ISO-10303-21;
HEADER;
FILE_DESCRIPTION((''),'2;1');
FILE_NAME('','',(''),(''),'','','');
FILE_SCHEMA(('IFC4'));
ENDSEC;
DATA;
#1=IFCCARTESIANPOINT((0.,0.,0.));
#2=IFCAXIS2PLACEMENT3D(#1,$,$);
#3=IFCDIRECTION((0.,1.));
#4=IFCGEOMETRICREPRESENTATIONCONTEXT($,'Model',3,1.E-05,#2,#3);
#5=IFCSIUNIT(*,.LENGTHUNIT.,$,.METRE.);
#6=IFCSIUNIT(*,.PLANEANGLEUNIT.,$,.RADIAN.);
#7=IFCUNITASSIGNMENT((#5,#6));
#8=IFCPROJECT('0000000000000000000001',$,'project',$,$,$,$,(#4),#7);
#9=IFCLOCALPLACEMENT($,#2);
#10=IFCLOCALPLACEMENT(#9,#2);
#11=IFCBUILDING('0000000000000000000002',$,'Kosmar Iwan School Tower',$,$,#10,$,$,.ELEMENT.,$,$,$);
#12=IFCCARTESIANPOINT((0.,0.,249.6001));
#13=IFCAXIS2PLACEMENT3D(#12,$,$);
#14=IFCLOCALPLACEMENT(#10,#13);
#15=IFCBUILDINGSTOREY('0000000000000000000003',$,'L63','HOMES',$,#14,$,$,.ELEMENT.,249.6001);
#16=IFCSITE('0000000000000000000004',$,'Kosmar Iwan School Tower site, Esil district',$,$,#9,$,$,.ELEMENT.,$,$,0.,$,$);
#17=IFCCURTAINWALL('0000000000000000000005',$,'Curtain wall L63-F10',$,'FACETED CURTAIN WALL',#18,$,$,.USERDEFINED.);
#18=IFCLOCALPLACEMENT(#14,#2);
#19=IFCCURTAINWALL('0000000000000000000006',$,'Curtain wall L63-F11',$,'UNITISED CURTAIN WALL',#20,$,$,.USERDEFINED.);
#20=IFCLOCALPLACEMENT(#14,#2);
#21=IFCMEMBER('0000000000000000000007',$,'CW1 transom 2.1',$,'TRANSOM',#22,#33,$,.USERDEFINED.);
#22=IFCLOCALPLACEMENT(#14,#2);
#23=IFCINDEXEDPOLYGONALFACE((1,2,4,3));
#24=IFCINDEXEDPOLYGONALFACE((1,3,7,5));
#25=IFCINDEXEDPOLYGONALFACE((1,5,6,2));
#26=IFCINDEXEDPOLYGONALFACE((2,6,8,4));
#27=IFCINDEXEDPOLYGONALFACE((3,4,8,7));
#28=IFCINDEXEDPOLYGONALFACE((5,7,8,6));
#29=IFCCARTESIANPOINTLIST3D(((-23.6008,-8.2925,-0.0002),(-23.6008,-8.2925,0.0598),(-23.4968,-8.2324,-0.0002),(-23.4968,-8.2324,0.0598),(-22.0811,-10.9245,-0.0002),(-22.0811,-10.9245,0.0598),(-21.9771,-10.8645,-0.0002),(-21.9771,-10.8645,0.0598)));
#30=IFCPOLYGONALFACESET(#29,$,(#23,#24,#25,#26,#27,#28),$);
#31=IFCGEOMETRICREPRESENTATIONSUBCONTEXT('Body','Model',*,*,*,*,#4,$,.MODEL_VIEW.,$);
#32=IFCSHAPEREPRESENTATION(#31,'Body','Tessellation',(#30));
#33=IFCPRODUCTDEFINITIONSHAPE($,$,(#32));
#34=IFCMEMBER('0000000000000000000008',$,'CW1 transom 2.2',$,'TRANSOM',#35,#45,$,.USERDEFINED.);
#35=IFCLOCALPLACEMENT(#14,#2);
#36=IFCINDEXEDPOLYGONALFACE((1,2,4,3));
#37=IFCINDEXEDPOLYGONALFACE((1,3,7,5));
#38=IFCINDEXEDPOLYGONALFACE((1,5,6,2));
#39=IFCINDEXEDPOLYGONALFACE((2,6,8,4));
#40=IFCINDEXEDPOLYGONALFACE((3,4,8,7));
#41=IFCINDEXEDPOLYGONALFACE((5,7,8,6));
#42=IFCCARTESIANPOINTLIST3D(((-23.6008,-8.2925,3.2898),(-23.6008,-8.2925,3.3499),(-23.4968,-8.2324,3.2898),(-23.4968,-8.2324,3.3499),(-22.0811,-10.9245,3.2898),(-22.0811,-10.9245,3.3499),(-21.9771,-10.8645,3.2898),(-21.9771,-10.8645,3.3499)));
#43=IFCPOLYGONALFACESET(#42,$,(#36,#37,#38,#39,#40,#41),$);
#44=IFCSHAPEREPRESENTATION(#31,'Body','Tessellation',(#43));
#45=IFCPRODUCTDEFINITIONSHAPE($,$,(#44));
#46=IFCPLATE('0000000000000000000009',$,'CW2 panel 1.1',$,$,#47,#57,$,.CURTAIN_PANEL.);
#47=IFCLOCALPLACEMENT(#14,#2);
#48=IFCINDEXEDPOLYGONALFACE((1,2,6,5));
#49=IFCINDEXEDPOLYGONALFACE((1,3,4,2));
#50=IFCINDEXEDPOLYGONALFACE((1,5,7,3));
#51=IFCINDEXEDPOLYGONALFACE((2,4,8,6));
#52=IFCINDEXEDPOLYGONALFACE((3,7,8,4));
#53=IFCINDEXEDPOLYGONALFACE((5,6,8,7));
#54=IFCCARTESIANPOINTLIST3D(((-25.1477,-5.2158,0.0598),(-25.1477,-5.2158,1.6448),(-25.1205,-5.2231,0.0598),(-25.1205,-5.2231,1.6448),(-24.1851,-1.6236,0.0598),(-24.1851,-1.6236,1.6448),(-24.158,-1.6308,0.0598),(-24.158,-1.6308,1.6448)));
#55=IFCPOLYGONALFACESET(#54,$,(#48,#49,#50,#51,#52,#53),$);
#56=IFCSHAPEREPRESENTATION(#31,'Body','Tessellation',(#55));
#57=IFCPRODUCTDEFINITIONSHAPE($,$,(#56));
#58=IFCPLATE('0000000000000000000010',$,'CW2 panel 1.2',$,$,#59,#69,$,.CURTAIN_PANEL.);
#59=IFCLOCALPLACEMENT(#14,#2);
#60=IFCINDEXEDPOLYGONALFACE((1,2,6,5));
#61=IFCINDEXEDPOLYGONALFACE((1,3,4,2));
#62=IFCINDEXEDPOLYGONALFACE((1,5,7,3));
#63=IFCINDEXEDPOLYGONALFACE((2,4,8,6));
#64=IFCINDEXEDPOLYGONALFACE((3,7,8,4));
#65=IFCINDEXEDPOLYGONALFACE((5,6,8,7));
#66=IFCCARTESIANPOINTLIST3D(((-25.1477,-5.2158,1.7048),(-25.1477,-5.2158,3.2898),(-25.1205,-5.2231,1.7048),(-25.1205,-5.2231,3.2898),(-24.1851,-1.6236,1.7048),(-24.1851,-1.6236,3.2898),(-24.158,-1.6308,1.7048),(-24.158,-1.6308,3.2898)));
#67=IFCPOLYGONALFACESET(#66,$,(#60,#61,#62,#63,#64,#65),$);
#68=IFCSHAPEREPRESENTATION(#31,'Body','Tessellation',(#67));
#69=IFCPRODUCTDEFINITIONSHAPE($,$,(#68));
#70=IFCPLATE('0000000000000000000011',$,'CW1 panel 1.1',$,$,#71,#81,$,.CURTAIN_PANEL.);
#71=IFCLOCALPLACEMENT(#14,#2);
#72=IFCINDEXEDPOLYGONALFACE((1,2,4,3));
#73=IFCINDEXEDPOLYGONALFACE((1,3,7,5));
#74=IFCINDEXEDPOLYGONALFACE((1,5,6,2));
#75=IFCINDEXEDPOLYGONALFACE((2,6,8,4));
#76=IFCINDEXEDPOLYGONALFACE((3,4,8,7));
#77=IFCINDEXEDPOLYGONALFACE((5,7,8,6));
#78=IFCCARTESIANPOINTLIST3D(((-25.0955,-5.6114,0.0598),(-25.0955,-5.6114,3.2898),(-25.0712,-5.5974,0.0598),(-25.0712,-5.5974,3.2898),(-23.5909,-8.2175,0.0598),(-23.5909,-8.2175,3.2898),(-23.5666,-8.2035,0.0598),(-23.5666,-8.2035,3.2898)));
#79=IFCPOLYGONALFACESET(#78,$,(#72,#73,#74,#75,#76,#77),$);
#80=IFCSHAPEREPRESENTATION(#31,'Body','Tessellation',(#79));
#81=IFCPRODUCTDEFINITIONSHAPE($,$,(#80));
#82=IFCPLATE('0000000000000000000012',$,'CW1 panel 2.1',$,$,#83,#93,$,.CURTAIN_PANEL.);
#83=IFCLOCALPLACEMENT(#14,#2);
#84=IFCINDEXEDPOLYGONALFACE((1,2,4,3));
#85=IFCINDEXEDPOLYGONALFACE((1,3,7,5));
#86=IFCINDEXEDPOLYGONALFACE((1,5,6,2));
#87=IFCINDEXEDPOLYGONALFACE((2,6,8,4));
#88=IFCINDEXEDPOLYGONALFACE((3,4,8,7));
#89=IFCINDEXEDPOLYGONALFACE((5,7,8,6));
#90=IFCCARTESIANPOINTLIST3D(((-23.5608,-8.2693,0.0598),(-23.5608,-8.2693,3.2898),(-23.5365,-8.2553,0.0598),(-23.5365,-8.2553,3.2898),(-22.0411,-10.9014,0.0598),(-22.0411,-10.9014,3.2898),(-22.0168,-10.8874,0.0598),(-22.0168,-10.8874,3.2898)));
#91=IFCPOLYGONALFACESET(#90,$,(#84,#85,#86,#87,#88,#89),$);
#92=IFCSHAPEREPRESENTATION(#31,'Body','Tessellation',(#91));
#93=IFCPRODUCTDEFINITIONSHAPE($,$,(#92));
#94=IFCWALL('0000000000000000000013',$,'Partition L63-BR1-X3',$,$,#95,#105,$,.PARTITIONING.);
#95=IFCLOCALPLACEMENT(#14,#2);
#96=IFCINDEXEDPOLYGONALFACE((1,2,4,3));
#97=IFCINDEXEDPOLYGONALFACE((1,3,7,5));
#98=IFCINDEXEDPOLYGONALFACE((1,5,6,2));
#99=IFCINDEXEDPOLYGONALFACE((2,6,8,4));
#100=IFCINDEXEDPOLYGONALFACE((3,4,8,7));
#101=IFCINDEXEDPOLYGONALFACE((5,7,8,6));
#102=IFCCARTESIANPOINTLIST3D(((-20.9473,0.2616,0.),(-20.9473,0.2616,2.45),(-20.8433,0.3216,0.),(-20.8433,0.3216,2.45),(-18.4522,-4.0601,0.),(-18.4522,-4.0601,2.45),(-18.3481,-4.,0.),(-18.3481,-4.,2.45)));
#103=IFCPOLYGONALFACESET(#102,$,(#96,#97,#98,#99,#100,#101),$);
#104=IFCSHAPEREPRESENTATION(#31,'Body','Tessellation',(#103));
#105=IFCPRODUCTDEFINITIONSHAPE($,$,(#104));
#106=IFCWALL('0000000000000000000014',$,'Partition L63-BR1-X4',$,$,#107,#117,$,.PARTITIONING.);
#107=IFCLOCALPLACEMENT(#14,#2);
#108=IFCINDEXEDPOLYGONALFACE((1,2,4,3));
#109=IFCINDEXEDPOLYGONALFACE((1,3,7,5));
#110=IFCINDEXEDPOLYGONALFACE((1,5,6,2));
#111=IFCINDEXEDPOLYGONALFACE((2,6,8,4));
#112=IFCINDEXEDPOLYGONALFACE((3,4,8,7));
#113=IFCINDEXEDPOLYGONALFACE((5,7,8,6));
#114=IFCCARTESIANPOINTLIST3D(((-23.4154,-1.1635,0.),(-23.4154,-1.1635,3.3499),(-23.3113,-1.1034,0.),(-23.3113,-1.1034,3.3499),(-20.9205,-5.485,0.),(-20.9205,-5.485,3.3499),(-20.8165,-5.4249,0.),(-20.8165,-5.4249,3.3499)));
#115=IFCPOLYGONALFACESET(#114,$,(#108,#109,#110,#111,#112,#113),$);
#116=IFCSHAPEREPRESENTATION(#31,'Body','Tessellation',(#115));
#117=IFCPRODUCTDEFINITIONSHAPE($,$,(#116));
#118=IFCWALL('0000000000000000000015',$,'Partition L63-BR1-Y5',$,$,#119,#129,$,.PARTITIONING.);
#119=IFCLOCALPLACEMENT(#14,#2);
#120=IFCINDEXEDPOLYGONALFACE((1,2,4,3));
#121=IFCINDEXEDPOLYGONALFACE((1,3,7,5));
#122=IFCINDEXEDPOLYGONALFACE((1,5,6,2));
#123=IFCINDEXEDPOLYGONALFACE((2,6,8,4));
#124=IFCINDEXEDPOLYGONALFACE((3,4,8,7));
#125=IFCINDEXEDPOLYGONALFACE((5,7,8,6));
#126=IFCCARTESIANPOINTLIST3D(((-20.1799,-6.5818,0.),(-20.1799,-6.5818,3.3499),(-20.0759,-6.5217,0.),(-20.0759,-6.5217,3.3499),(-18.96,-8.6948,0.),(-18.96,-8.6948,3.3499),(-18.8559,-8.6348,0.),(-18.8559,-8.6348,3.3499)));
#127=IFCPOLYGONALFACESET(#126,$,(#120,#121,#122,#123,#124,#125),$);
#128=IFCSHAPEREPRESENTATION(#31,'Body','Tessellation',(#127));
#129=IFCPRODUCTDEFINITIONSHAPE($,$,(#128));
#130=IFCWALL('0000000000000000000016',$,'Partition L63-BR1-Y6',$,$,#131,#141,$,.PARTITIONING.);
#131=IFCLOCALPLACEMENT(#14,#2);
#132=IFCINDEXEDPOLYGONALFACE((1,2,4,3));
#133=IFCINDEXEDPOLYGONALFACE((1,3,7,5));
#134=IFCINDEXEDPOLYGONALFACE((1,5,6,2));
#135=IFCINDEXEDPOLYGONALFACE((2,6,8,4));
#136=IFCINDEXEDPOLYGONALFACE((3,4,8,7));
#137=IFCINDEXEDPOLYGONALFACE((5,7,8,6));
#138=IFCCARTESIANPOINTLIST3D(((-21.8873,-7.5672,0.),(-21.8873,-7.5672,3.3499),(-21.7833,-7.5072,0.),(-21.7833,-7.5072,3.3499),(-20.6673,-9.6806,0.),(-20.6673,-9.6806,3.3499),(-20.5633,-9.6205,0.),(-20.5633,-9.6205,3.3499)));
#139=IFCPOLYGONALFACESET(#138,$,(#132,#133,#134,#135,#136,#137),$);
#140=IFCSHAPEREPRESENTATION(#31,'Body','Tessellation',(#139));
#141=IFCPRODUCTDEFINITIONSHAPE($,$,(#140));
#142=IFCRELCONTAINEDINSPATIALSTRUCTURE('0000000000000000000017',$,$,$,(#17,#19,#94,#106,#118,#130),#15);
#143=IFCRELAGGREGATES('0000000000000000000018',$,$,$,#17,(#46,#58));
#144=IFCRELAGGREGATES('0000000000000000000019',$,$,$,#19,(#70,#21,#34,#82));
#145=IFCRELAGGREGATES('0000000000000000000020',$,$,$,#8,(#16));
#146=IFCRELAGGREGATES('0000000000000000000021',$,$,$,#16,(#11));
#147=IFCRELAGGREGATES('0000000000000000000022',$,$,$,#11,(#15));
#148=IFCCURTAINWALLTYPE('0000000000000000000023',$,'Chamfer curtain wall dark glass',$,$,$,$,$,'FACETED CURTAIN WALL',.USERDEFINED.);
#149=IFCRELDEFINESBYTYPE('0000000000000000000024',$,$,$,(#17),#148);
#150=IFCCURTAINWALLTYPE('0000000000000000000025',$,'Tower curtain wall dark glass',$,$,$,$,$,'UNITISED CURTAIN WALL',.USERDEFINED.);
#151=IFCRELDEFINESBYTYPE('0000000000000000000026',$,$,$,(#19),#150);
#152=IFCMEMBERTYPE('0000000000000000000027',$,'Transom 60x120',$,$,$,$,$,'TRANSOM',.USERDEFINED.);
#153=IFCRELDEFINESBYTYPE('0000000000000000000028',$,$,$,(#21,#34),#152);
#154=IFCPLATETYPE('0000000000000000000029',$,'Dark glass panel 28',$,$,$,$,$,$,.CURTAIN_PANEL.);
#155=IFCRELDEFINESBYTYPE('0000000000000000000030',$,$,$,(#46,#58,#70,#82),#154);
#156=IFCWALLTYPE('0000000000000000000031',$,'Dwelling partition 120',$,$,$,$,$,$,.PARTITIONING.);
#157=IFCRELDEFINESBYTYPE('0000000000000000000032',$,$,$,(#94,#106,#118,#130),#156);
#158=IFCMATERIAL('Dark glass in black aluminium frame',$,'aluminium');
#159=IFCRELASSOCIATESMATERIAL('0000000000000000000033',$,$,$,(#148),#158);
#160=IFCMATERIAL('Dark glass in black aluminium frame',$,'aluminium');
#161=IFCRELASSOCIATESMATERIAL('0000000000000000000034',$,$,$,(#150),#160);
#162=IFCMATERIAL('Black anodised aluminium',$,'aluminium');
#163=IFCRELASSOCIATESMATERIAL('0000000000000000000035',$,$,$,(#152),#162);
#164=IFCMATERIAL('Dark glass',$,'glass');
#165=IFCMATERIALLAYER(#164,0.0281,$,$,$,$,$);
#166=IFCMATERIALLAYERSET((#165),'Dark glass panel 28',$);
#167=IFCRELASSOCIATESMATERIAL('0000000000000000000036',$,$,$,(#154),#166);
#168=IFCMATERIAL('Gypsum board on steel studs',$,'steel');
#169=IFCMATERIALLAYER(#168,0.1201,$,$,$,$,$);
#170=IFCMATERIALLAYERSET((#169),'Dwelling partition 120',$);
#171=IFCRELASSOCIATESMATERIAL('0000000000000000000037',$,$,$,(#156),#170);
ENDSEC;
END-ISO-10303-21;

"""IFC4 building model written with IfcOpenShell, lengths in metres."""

from ifc_helpers import new_model, si_unit, direction, frame, frame_2d, origin, origin_2d, place, context, subcontext, project, spatial, rectangle, extrude, material, layer, layer_set, material_profile, profile_set, type_object, element, aggregate, save


model = new_model("IFC4")

# Units and contexts
model_context = context("Model", 3, precision=1e-05, world=origin(), true_north=direction((0.0, 1.0)))
body_context = subcontext(model_context, "Body", "Model", "MODEL_VIEW")
ifc_project = project(units=[si_unit("LENGTHUNIT", "METRE"), si_unit("PLANEANGLEUNIT", "RADIAN")], contexts=[model_context])

# Site, building, storey
site_placement = place(None, origin())
site = spatial("IfcSite", under=ifc_project, at=site_placement, Name="Kosmar Iwan School Tower site, Esil district", CompositionType="ELEMENT", RefElevation=0.0)
building_placement = place(site_placement, origin())
building = spatial("IfcBuilding", under=site, at=building_placement, Name="Kosmar Iwan School Tower", CompositionType="ELEMENT")
storey_placement = place(building_placement, frame((0.0, 0.0, 249.6001)))
storey = spatial("IfcBuildingStorey", under=building, at=storey_placement, Name="L63", Description="HOMES", CompositionType="ELEMENT", Elevation=249.6001)

# Curtain walls
ifc_material_1 = material(Name="Dark glass in black aluminium frame", Category="aluminium")
curtain_wall_type_1 = type_object("IfcCurtainWallType", Name="Chamfer curtain wall dark glass", ElementType="FACETED CURTAIN WALL", PredefinedType="USERDEFINED", material=ifc_material_1)
curtain_wall_1_placement = place(storey_placement, origin())
curtain_wall_1 = element("IfcCurtainWall", 1, at=curtain_wall_1_placement, inside=storey, type_object=curtain_wall_type_1, Name="Curtain wall L63-F10", ObjectType="FACETED CURTAIN WALL", PredefinedType="USERDEFINED")
ifc_material_2 = material(Name="Dark glass in black aluminium frame", Category="aluminium")
curtain_wall_type_2 = type_object("IfcCurtainWallType", Name="Tower curtain wall dark glass", ElementType="UNITISED CURTAIN WALL", PredefinedType="USERDEFINED", material=ifc_material_2)
curtain_wall_2_placement = place(storey_placement, origin())
curtain_wall_2 = element("IfcCurtainWall", 2, at=curtain_wall_2_placement, inside=storey, type_object=curtain_wall_type_2, Name="Curtain wall L63-F11", ObjectType="UNITISED CURTAIN WALL", PredefinedType="USERDEFINED")

# Members
ifc_material_3 = material(Name="Black anodised aluminium", Category="aluminium")
ifc_material_profile_1 = material_profile(ifc_material_3, rectangle(XDim=0.1201, YDim=0.0601, at=origin_2d()), Name="TRANSOM 60x120")
ifc_profile_set_1 = profile_set([ifc_material_profile_1], Name="Black anodised aluminium")
member_type_1 = type_object("IfcMemberType", Name="Transom 60x120", ElementType="TRANSOM", PredefinedType="USERDEFINED", material=ifc_profile_set_1)
member_1_placement = place(storey_placement, frame((-23.5488, -8.2625, 0.0298), z_axis=(0.500035, -0.866005, 0.0), x_axis=(0.866005, 0.500035, 0.0)))
member_1 = element("IfcMember", 3, at=member_1_placement, type_object=member_type_1, Name="CW1 transom 2.1", ObjectType="TRANSOM", PredefinedType="USERDEFINED", context=body_context, shape_type="SweptSolid", body=[
    extrude(rectangle(XDim=0.1201, YDim=0.0601, at=origin_2d()), origin(), (0.0, 0.0, 1.0), 3.0393),
])
member_2_placement = place(storey_placement, frame((-23.5488, -8.2625, 3.3198), z_axis=(0.500035, -0.866005, 0.0), x_axis=(0.866005, 0.500035, 0.0)))
member_2 = element("IfcMember", 4, at=member_2_placement, type_object=member_type_1, Name="CW1 transom 2.2", ObjectType="TRANSOM", PredefinedType="USERDEFINED", context=body_context, shape_type="SweptSolid", body=[
    extrude(rectangle(XDim=0.1201, YDim=0.0601, at=origin_2d()), origin(), (0.0, 0.0, 1.0), 3.0393),
])

# Plates
ifc_material_4 = material(Name="Dark glass", Category="glass")
ifc_layer_1 = layer(ifc_material_4, 0.0281)
ifc_layer_set_1 = layer_set([ifc_layer_1], Name="Dark glass panel 28")
plate_type = type_object("IfcPlateType", Name="Dark glass panel 28", PredefinedType="CURTAIN_PANEL", material=ifc_layer_set_1)
plate_1_placement = place(storey_placement, frame((-24.6528, -3.4233, 0.0598), z_axis=(0.0, 0.0, 1.0), x_axis=(-0.258819, -0.965926, 0.0)))
plate_1 = element("IfcPlate", 5, at=plate_1_placement, type_object=plate_type, Name="CW2 panel 1.1", PredefinedType="CURTAIN_PANEL", context=body_context, shape_type="SweptSolid", body=[
    extrude(rectangle(XDim=3.719, YDim=0.0281, at=origin_2d()), origin(), (0.0, 0.0, 1.0), 1.585),
])
plate_2_placement = place(storey_placement, frame((-24.6528, -3.4233, 1.7048), z_axis=(0.0, 0.0, 1.0), x_axis=(-0.258819, -0.965926, 0.0)))
plate_2 = element("IfcPlate", 6, at=plate_2_placement, type_object=plate_type, Name="CW2 panel 1.2", PredefinedType="CURTAIN_PANEL", context=body_context, shape_type="SweptSolid", body=[
    extrude(rectangle(XDim=3.719, YDim=0.0281, at=origin_2d()), origin(), (0.0, 0.0, 1.0), 1.585),
])
aggregate(curtain_wall_1, [plate_1, plate_2])
plate_3_placement = place(storey_placement, frame((-24.3311, -6.9075, 0.0598), z_axis=(0.0, 0.0, 1.0), x_axis=(0.5, -0.866025, 0.0)))
plate_3 = element("IfcPlate", 7, at=plate_3_placement, type_object=plate_type, Name="CW1 panel 1.1", PredefinedType="CURTAIN_PANEL", context=body_context, shape_type="SweptSolid", body=[
    extrude(rectangle(XDim=3.0093, YDim=0.0281, at=origin_2d()), origin(), (0.0, 0.0, 1.0), 3.23),
])
plate_4_placement = place(storey_placement, frame((-22.7888, -9.5784, 0.0598), z_axis=(0.0, 0.0, 1.0), x_axis=(0.5, -0.866025, 0.0)))
plate_4 = element("IfcPlate", 8, at=plate_4_placement, type_object=plate_type, Name="CW1 panel 2.1", PredefinedType="CURTAIN_PANEL", context=body_context, shape_type="SweptSolid", body=[
    extrude(rectangle(XDim=3.0393, YDim=0.0281, at=origin_2d()), origin(), (0.0, 0.0, 1.0), 3.23),
])
aggregate(curtain_wall_2, [plate_3, member_1, member_2, plate_4])

# Walls
ifc_material_5 = material(Name="Gypsum board on steel studs", Category="steel")
ifc_layer_2 = layer(ifc_material_5, 0.1201)
ifc_layer_set_2 = layer_set([ifc_layer_2], Name="Dwelling partition 120")
wall_type = type_object("IfcWallType", Name="Dwelling partition 120", PredefinedType="PARTITIONING", material=ifc_layer_set_2)
wall_1_placement = place(storey_placement, frame((-18.4001, -4.03, 0.0), z_axis=(0.0, 0.0, 1.0), x_axis=(-0.500012, 0.866019, 0.0)))
element("IfcWall", 9, at=wall_1_placement, inside=storey, type_object=wall_type, Name="Partition L63-BR1-X3", PredefinedType="PARTITIONING", context=body_context, shape_type="SweptSolid", body=[
    extrude(rectangle(XDim=4.9902, YDim=0.1201, at=frame_2d((2.4951, 0.0))), origin(), (0.0, 0.0, 1.0), 2.45),
])
wall_2_placement = place(storey_placement, frame((-20.8684, -5.4551, 0.0), z_axis=(0.0, 0.0, 1.0), x_axis=(-0.499975, 0.86604, 0.0)))
element("IfcWall", 10, at=wall_2_placement, inside=storey, type_object=wall_type, Name="Partition L63-BR1-X4", PredefinedType="PARTITIONING", context=body_context, shape_type="SweptSolid", body=[
    extrude(rectangle(XDim=4.99, YDim=0.1201, at=frame_2d((2.4951, 0.0))), origin(), (0.0, 0.0, 1.0), 3.3499),
])
wall_3_placement = place(storey_placement, frame((-18.908, -8.6648, 0.0), z_axis=(0.0, 0.0, 1.0), x_axis=(-0.500003, 0.866024, 0.0)))
element("IfcWall", 11, at=wall_3_placement, inside=storey, type_object=wall_type, Name="Partition L63-BR1-Y5", PredefinedType="PARTITIONING", context=body_context, shape_type="SweptSolid", body=[
    extrude(rectangle(XDim=2.4399, YDim=0.1201, at=frame_2d((1.22, 0.0))), origin(), (0.0, 0.0, 1.0), 3.3499),
])
wall_4_placement = place(storey_placement, frame((-20.6152, -9.6506, 0.0), z_axis=(0.0, 0.0, 1.0), x_axis=(-0.499959, 0.866049, 0.0)))
element("IfcWall", 12, at=wall_4_placement, inside=storey, type_object=wall_type, Name="Partition L63-BR1-Y6", PredefinedType="PARTITIONING", context=body_context, shape_type="SweptSolid", body=[
    extrude(rectangle(XDim=2.4402, YDim=0.1201, at=frame_2d((1.2202, 0.0))), origin(), (0.0, 0.0, 1.0), 3.3499),
])

save(model, "model.ifc")
